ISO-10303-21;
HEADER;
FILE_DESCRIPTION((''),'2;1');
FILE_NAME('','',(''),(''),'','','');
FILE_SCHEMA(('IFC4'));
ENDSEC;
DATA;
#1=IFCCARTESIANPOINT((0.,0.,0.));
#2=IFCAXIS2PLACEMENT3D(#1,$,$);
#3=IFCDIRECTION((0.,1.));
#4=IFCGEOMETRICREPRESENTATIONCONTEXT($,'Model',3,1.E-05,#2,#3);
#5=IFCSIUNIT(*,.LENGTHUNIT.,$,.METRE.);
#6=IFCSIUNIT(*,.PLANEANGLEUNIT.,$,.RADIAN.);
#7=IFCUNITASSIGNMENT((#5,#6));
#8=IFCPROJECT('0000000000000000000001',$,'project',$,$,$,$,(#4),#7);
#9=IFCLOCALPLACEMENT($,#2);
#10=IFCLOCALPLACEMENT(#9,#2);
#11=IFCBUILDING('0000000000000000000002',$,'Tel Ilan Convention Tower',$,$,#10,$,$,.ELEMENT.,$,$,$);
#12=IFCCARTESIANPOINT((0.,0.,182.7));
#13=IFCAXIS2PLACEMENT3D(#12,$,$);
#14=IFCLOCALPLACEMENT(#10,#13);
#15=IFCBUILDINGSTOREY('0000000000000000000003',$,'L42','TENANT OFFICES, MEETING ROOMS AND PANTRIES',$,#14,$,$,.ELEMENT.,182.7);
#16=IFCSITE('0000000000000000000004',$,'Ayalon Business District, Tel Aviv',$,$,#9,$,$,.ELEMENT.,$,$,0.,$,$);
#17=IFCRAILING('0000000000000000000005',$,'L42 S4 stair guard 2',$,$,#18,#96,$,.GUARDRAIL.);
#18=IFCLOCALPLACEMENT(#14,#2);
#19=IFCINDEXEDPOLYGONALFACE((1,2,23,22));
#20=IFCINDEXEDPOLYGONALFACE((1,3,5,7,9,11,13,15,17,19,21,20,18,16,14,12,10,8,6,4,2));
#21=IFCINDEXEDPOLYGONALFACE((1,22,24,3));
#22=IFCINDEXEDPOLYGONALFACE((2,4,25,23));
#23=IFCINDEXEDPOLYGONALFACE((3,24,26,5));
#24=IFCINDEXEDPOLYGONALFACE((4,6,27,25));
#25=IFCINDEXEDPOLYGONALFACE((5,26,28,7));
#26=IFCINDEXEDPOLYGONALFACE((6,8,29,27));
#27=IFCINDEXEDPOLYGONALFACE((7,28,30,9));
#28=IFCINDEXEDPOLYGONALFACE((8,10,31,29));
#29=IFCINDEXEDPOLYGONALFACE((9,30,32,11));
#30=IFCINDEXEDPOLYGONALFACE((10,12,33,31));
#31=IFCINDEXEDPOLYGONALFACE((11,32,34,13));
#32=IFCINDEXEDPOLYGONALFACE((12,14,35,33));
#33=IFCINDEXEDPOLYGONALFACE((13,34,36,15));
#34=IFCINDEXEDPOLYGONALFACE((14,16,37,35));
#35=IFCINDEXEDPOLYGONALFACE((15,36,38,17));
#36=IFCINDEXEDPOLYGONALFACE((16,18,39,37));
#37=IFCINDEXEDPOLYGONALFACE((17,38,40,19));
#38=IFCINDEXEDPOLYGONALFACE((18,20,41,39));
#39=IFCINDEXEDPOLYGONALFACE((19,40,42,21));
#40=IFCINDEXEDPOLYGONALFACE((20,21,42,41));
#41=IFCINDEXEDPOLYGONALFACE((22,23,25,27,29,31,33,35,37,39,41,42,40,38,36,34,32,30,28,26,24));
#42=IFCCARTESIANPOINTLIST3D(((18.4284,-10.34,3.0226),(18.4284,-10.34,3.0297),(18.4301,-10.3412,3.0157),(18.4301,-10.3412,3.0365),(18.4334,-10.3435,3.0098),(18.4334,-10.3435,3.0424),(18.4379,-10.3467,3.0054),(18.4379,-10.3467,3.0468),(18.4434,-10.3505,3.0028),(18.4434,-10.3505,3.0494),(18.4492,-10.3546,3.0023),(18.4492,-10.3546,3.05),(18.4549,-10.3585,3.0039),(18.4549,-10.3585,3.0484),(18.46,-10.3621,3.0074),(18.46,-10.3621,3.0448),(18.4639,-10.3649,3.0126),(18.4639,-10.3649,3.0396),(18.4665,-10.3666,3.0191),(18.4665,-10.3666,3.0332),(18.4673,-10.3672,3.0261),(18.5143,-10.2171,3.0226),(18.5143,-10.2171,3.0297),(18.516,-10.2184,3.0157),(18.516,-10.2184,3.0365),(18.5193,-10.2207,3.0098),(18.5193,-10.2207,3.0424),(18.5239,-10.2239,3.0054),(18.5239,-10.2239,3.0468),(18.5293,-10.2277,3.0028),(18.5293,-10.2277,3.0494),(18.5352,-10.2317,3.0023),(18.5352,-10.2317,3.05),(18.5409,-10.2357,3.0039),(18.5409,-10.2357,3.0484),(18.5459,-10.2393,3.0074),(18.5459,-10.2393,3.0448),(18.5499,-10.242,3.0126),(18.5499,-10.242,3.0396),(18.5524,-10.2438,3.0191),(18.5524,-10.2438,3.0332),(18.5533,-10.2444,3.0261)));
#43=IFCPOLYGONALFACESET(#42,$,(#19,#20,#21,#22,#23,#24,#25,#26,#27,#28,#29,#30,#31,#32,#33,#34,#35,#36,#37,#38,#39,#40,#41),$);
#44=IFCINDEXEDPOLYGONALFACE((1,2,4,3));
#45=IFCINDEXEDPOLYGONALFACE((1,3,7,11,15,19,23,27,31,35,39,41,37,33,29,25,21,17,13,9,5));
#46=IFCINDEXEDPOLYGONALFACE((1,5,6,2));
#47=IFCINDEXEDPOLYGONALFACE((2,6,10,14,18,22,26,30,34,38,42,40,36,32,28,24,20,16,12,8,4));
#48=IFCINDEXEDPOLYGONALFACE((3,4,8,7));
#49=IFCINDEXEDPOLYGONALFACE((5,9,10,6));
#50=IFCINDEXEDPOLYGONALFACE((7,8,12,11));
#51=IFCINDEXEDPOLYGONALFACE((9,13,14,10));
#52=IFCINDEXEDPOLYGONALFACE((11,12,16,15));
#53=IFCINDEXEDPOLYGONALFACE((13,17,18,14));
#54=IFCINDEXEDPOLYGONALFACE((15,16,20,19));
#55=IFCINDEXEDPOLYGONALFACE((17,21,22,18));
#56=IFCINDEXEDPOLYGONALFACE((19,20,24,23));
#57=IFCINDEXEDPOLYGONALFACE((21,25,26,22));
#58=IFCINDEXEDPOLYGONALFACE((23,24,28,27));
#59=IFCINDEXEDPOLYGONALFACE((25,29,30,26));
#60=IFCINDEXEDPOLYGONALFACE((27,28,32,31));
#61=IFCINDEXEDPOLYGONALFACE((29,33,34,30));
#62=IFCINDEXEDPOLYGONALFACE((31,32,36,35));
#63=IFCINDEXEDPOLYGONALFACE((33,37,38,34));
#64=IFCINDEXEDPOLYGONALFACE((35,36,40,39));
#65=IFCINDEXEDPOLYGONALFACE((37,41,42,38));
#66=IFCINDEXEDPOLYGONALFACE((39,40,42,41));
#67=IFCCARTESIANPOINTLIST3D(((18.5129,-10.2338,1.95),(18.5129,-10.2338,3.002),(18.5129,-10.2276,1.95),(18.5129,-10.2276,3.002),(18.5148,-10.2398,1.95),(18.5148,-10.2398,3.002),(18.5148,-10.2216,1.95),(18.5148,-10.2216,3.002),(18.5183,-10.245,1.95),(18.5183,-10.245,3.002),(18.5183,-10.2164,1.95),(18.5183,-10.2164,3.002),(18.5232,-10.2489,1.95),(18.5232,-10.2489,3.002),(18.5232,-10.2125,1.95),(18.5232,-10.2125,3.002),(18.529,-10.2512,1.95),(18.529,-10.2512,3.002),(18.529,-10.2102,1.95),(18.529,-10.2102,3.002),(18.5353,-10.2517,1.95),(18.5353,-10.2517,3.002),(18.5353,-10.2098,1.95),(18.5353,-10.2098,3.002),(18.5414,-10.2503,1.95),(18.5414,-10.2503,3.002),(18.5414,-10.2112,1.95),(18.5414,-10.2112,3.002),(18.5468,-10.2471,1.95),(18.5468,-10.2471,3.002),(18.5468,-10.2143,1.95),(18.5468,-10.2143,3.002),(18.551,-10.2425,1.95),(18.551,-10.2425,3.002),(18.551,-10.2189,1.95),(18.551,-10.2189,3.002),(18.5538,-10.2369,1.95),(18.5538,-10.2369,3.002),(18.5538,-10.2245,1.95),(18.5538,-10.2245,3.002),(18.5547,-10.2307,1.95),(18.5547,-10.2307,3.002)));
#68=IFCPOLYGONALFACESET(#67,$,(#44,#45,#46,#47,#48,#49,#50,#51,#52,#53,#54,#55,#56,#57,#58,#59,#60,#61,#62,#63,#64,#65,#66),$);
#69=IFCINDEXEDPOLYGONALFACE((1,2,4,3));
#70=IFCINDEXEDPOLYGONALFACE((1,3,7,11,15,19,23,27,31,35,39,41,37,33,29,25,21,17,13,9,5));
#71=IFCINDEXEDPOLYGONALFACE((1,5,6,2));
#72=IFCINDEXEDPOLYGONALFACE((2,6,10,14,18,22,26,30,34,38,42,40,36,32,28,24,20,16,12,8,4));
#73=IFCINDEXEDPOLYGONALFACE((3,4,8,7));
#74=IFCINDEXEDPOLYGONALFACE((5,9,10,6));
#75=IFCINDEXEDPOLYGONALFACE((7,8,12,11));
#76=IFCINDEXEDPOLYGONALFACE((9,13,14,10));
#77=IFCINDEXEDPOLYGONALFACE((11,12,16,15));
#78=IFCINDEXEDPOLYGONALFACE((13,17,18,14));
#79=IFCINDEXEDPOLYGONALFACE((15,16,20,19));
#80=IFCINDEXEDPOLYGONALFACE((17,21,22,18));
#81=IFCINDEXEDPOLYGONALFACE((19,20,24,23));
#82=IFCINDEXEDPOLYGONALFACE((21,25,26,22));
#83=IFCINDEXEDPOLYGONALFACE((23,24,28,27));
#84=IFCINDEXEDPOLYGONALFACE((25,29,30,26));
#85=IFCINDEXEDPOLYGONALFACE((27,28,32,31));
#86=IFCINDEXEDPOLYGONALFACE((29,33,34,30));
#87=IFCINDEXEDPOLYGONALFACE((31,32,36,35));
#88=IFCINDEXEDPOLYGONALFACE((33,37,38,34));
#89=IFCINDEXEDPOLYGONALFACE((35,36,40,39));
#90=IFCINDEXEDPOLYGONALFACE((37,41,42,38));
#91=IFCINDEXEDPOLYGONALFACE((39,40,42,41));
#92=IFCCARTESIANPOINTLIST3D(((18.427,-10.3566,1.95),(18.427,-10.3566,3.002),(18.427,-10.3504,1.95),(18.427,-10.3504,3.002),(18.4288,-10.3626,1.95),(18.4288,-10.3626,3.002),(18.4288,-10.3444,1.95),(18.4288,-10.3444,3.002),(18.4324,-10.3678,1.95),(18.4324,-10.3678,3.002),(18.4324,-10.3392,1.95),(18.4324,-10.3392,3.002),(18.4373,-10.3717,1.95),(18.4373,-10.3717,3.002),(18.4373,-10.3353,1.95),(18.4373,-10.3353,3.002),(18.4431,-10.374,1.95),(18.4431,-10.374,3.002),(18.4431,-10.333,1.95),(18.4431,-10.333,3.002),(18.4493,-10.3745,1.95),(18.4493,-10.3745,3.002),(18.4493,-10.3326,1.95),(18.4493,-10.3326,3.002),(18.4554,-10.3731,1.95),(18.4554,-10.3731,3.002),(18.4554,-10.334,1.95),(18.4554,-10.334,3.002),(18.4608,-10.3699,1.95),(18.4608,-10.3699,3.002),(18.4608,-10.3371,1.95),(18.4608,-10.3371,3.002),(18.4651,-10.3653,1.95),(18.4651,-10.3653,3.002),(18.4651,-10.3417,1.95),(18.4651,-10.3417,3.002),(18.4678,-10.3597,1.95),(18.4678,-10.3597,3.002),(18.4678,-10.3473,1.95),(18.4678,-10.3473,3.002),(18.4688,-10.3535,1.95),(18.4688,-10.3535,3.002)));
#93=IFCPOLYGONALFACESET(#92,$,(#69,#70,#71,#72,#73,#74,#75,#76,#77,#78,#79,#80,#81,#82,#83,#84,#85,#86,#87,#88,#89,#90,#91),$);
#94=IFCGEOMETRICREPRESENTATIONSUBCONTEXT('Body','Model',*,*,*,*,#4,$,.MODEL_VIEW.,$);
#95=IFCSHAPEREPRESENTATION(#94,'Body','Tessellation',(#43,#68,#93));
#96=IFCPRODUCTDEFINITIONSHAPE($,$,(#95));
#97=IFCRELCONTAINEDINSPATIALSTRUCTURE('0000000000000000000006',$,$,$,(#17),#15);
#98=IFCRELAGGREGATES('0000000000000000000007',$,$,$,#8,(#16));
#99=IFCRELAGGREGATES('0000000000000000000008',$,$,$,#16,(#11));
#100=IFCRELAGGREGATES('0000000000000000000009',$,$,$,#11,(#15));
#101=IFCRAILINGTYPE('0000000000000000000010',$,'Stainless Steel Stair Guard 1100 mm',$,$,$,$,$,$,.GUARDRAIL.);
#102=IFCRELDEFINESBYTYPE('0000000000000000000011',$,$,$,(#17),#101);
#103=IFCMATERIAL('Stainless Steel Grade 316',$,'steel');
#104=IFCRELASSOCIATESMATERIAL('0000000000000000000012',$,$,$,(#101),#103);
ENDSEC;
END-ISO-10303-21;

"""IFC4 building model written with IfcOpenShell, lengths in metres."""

from ifc_helpers import new_model, si_unit, direction, frame, origin, origin_2d, place, context, subcontext, project, spatial, circle, extrude, material, type_object, element, save


model = new_model("IFC4")

# Units and contexts
model_context = context("Model", 3, precision=1e-05, world=origin(), true_north=direction((0.0, 1.0)))
body_context = subcontext(model_context, "Body", "Model", "MODEL_VIEW")
ifc_project = project(units=[si_unit("LENGTHUNIT", "METRE"), si_unit("PLANEANGLEUNIT", "RADIAN")], contexts=[model_context])

# Site, building, storey
site_placement = place(None, origin())
site = spatial("IfcSite", under=ifc_project, at=site_placement, Name="Ayalon Business District, Tel Aviv", CompositionType="ELEMENT", RefElevation=0.0)
building_placement = place(site_placement, origin())
building = spatial("IfcBuilding", under=site, at=building_placement, Name="Tel Ilan Convention Tower", CompositionType="ELEMENT")
storey_placement = place(building_placement, frame((0.0, 0.0, 182.7)))
storey = spatial("IfcBuildingStorey", under=building, at=storey_placement, Name="L42", Description="TENANT OFFICES, MEETING ROOMS AND PANTRIES", CompositionType="ELEMENT", Elevation=182.7)

# Railing
ifc_material_1 = material(Name="Stainless Steel Grade 316", Category="steel")
railing_type_1 = type_object("IfcRailingType", Name="Stainless Steel Stair Guard 1100 mm", PredefinedType="GUARDRAIL", material=ifc_material_1)
railing_1_placement = place(storey_placement, frame((18.5337, -10.2307, 1.95)))
element("IfcRailing", 1, at=railing_1_placement, inside=storey, type_object=railing_type_1, Name="L42 S4 stair guard 2", PredefinedType="GUARDRAIL", context=body_context, shape_type="SweptSolid", body=[
    extrude(circle(Radius=0.0239, at=origin_2d()), frame((0.0, 0.0, 1.0762), z_axis=(-0.573353, -0.819308, 0.0), x_axis=(0.819308, -0.573353, 0.0)), (0.0, 0.0, 1.0), 0.1499),
    extrude(circle(Radius=0.021, at=origin_2d()), origin(), (0.0, 0.0, 1.0), 1.052),
    extrude(circle(Radius=0.021, at=origin_2d()), frame((-0.0859, -0.1228, 0.0)), (0.0, 0.0, 1.0), 1.052),
])

save(model, "model.ifc")
